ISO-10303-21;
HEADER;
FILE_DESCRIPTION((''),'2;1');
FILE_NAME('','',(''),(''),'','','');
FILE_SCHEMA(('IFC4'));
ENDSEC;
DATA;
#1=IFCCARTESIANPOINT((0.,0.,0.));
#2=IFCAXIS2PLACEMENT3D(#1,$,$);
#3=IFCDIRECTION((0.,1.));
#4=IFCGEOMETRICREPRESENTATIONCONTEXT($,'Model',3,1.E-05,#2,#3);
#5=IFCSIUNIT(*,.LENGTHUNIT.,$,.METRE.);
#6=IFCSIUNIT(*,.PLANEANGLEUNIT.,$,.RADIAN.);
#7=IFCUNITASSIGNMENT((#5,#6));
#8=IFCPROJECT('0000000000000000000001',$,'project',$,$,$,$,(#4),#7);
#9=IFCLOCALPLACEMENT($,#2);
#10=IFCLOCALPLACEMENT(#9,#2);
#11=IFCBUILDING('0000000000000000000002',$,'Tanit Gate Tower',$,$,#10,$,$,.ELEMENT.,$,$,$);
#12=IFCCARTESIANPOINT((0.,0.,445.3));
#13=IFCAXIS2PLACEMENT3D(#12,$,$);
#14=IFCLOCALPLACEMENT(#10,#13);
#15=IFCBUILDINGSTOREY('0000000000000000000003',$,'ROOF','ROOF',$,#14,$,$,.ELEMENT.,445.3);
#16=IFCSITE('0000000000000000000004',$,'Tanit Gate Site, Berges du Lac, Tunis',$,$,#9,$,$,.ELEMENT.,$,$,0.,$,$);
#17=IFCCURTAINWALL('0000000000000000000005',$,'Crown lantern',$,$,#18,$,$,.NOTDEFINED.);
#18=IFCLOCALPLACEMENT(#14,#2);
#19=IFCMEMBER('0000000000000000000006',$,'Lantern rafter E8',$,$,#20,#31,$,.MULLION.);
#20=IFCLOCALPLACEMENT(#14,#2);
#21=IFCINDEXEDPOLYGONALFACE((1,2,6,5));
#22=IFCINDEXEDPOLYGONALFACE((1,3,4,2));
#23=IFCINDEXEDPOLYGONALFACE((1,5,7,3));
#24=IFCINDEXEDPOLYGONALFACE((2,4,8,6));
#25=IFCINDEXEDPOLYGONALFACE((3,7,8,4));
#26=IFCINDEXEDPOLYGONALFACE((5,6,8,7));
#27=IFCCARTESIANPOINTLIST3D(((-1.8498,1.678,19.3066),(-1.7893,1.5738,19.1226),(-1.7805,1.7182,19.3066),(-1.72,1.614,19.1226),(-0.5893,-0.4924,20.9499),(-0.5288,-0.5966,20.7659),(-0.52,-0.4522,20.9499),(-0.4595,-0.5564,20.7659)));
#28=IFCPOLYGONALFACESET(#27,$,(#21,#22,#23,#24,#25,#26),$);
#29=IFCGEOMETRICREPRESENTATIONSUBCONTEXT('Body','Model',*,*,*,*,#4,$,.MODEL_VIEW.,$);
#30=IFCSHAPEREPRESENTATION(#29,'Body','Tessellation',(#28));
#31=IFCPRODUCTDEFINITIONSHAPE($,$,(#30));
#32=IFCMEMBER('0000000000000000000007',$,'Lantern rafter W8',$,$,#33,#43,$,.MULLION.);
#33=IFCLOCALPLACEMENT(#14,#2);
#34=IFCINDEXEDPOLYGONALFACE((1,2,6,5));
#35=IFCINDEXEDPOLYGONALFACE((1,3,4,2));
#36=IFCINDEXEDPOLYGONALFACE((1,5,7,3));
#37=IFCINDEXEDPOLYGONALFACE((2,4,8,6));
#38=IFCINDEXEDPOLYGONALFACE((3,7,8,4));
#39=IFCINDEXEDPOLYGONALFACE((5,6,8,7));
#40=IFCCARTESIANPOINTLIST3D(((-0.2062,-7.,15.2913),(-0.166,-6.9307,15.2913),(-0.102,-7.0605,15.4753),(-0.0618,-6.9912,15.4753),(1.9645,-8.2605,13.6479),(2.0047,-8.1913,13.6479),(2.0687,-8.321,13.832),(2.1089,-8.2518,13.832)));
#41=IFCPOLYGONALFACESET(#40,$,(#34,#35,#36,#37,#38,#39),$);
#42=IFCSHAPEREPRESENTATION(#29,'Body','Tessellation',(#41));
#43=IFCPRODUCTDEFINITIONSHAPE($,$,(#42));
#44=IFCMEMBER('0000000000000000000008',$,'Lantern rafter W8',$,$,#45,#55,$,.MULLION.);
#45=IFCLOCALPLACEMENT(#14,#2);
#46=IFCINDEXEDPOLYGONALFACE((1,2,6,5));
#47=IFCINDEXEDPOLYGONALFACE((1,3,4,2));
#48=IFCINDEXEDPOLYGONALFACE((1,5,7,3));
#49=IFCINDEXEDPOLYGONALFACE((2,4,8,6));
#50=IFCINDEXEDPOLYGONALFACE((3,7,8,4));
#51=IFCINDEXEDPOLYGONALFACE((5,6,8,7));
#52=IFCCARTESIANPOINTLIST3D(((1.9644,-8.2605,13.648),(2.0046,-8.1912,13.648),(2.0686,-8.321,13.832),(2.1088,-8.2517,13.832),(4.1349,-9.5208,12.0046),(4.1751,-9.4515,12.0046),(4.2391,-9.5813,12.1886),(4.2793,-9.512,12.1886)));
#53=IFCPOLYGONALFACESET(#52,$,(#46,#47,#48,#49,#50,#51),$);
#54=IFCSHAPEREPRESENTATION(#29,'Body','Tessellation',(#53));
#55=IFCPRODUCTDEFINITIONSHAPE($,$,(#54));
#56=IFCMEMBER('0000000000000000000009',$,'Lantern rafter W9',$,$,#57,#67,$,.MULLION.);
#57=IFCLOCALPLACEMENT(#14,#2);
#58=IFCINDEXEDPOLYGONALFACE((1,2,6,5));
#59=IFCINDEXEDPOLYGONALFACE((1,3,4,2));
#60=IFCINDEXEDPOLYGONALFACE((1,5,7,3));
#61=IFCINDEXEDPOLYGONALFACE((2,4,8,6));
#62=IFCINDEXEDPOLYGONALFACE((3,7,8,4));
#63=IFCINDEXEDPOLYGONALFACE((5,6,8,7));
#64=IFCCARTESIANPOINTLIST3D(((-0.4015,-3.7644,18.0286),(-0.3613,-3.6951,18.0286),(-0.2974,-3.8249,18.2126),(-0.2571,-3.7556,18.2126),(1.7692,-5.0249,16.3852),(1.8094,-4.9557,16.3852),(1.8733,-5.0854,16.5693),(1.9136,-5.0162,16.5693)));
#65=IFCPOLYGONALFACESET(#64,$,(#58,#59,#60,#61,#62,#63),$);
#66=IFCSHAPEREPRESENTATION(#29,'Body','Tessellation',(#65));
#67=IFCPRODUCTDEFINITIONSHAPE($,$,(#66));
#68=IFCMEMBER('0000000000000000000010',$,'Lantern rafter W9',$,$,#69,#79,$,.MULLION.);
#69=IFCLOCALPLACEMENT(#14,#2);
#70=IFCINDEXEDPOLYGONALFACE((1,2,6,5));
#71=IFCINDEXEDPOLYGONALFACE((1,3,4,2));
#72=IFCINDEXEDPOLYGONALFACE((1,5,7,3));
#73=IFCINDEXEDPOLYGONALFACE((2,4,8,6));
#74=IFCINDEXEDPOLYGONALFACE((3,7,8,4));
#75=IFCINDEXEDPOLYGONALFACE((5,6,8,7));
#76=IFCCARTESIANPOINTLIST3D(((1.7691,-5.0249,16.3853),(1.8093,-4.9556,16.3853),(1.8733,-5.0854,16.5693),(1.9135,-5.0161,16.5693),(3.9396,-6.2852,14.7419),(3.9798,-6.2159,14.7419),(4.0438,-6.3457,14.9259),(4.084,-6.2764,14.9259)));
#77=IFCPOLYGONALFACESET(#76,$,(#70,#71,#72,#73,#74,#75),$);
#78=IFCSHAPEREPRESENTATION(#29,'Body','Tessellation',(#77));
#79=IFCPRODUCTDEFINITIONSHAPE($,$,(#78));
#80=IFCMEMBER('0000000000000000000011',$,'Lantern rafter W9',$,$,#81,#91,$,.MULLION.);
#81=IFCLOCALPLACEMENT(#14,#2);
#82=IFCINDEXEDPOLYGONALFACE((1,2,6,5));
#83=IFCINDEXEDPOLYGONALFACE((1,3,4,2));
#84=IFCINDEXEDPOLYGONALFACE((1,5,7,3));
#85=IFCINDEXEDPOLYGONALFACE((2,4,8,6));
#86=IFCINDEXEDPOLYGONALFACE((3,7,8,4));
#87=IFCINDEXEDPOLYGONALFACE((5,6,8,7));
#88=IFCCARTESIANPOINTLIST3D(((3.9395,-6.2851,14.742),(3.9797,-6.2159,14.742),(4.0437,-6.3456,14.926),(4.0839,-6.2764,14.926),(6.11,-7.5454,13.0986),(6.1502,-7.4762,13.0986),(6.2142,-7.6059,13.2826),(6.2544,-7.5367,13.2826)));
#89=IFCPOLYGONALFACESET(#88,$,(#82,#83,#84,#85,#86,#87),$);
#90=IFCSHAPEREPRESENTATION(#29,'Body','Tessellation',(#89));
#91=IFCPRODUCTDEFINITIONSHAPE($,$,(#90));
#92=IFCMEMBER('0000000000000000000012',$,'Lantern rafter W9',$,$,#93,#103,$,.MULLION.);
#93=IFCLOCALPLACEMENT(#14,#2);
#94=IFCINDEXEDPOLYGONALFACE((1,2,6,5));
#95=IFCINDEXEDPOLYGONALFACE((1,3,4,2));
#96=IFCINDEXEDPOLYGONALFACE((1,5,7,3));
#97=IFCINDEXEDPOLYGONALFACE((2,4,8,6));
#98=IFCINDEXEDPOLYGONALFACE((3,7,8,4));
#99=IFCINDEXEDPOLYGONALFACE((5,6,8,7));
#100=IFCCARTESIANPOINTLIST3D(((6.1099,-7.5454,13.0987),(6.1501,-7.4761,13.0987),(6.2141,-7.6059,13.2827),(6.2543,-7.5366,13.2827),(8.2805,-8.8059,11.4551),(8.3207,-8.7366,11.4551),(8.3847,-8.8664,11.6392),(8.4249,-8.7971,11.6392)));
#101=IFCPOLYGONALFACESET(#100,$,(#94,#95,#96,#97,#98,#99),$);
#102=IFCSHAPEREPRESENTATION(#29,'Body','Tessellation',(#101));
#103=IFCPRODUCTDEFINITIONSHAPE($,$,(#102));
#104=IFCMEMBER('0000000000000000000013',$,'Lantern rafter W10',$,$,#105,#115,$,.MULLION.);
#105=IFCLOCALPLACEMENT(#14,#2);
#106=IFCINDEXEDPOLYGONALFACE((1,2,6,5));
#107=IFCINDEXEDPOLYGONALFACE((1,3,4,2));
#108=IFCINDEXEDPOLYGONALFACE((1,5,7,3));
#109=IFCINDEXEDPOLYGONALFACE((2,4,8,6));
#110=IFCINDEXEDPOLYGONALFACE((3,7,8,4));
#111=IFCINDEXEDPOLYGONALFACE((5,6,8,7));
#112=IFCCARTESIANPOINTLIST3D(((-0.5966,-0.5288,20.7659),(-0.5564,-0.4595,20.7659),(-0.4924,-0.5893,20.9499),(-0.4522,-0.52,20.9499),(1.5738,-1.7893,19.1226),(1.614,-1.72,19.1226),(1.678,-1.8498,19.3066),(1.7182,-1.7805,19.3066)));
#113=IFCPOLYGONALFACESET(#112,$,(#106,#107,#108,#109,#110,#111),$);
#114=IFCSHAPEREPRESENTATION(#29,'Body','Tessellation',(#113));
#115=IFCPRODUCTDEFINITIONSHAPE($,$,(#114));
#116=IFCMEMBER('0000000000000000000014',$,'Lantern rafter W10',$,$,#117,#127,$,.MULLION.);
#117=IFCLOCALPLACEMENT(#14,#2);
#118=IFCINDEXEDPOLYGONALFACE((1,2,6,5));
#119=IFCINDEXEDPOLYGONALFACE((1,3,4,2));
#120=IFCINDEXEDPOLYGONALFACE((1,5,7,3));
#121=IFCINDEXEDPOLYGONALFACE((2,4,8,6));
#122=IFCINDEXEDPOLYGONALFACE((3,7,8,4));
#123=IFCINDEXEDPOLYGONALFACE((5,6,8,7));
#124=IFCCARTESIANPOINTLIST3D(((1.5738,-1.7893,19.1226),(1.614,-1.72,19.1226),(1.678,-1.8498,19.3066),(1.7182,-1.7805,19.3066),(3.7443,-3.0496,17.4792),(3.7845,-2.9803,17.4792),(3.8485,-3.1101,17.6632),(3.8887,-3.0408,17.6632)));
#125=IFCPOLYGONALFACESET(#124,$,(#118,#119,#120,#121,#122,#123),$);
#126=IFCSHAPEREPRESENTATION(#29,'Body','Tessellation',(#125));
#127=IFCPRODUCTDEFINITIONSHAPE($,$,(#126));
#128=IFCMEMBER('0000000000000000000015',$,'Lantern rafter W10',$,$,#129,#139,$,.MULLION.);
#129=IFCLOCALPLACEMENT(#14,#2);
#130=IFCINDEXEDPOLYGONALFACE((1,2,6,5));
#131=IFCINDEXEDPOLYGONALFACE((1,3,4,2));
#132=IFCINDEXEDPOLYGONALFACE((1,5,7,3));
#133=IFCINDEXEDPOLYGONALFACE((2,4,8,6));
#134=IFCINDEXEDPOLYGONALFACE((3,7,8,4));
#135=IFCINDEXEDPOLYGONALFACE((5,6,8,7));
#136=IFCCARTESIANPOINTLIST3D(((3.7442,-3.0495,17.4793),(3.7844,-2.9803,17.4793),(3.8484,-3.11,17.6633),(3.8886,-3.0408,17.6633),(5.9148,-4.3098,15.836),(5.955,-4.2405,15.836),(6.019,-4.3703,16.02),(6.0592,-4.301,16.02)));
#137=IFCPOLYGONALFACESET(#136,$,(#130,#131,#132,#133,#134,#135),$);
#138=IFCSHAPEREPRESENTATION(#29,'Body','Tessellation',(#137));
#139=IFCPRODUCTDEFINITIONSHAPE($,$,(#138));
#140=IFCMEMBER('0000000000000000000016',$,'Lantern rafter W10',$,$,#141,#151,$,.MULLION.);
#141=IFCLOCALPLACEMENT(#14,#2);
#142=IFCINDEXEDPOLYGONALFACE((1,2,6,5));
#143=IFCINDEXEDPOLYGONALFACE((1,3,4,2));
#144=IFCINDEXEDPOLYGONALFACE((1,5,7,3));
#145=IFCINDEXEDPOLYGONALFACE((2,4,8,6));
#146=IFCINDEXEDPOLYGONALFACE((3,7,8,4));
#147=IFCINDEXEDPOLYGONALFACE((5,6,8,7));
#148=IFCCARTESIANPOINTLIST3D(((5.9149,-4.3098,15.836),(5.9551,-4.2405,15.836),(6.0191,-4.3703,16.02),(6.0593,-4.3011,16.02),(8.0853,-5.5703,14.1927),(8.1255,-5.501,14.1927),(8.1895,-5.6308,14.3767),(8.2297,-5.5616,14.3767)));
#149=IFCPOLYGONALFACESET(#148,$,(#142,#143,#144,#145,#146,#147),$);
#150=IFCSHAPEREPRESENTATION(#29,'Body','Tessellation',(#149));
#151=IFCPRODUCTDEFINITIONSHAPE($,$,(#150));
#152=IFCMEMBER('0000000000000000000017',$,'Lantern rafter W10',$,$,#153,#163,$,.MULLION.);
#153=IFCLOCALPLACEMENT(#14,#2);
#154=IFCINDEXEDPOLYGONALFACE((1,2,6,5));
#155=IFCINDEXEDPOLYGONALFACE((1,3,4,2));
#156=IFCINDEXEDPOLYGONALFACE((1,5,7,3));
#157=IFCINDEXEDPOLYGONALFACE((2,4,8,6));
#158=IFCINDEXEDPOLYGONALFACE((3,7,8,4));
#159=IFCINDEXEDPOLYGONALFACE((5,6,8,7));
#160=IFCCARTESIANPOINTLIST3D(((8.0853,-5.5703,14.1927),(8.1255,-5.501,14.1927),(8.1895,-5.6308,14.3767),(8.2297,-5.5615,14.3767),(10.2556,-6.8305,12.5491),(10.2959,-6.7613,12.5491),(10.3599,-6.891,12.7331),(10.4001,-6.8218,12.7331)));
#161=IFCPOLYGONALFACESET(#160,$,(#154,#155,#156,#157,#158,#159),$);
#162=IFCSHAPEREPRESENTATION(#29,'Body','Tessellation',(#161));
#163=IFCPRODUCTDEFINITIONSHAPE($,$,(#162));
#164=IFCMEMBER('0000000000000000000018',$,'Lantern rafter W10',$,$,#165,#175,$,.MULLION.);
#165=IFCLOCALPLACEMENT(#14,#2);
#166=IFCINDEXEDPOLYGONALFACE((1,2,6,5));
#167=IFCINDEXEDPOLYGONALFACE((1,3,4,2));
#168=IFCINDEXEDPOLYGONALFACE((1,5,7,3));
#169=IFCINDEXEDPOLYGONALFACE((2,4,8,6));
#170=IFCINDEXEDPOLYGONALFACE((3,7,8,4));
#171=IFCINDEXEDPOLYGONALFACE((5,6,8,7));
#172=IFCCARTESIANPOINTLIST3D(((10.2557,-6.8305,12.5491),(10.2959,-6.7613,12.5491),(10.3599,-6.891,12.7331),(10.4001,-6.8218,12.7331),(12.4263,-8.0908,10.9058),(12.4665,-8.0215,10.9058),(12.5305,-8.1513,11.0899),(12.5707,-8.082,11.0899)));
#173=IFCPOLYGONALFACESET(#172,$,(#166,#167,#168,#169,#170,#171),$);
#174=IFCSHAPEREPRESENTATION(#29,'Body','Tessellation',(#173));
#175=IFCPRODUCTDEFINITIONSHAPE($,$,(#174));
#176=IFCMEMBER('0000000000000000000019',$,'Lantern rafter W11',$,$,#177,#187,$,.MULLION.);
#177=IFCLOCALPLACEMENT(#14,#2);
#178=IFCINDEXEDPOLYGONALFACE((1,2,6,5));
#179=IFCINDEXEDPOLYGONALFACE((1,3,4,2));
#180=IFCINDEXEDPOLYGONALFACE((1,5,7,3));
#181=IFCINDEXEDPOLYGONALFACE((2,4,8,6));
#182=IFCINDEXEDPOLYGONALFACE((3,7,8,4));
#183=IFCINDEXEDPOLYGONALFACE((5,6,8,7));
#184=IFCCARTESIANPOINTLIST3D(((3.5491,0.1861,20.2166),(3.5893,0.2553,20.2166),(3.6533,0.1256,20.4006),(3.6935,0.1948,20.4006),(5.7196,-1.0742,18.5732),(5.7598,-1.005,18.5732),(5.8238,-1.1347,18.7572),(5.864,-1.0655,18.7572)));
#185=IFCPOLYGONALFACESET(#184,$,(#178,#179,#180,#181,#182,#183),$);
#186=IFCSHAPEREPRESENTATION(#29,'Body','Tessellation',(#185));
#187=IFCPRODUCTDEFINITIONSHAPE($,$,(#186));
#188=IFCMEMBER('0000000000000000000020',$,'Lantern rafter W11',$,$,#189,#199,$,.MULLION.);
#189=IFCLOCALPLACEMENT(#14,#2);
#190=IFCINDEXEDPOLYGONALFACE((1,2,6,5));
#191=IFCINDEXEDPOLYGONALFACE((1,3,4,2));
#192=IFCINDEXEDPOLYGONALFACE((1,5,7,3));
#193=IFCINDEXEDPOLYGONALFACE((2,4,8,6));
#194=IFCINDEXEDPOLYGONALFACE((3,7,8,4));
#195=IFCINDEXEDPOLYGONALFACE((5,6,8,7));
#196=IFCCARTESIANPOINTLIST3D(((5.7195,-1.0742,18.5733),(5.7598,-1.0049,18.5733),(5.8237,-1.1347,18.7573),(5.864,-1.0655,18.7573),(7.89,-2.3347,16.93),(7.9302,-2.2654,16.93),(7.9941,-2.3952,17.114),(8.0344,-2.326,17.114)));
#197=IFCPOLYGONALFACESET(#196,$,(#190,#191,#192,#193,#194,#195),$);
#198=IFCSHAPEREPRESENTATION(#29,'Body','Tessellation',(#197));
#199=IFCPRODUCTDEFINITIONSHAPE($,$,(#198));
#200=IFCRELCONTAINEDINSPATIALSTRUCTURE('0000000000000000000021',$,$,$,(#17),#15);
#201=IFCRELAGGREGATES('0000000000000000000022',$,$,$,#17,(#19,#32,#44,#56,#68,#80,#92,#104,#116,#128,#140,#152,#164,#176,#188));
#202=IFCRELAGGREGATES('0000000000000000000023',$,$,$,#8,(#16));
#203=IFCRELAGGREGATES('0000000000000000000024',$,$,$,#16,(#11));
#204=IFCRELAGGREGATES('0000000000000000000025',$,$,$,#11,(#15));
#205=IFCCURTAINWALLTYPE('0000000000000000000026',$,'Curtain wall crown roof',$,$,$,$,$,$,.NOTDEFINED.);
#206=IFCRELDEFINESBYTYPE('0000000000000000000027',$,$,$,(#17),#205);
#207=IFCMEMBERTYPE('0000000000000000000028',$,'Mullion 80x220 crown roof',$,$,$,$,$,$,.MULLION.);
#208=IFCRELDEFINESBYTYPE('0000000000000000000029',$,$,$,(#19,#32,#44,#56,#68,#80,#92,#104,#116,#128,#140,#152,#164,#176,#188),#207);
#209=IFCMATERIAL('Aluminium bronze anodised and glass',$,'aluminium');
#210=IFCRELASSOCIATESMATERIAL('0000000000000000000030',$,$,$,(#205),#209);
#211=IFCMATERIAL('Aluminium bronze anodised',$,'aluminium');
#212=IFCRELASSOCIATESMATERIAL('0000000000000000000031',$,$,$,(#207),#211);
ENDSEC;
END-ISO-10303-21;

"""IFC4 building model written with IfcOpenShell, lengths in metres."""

from ifc_helpers import new_model, si_unit, direction, frame, origin, origin_2d, place, context, subcontext, project, spatial, rectangle, extrude, material, material_profile, profile_set, type_object, element, aggregate, save


model = new_model("IFC4")

# Units and contexts
model_context = context("Model", 3, precision=1e-05, world=origin(), true_north=direction((0.0, 1.0)))
body_context = subcontext(model_context, "Body", "Model", "MODEL_VIEW")
ifc_project = project(units=[si_unit("LENGTHUNIT", "METRE"), si_unit("PLANEANGLEUNIT", "RADIAN")], contexts=[model_context])

# Site, building, storey
site_placement = place(None, origin())
site = spatial("IfcSite", under=ifc_project, at=site_placement, Name="Tanit Gate Site, Berges du Lac, Tunis", CompositionType="ELEMENT", RefElevation=0.0)
building_placement = place(site_placement, origin())
building = spatial("IfcBuilding", under=site, at=building_placement, Name="Tanit Gate Tower", CompositionType="ELEMENT")
storey_placement = place(building_placement, frame((0.0, 0.0, 445.3)))
storey = spatial("IfcBuildingStorey", under=building, at=storey_placement, Name="ROOF", Description="ROOF", CompositionType="ELEMENT", Elevation=445.3)

# Curtain wall, members
ifc_material_1 = material(Name="Aluminium bronze anodised and glass", Category="aluminium")
curtain_wall_type = type_object("IfcCurtainWallType", Name="Curtain wall crown roof", PredefinedType="NOTDEFINED", material=ifc_material_1)
curtain_wall_placement = place(storey_placement, origin())
curtain_wall = element("IfcCurtainWall", 1, at=curtain_wall_placement, inside=storey, type_object=curtain_wall_type, Name="Crown lantern", PredefinedType="NOTDEFINED")
ifc_material_2 = material(Name="Aluminium bronze anodised", Category="aluminium")
ifc_material_profile = material_profile(ifc_material_2, rectangle(XDim=0.0801, YDim=0.22, at=origin_2d()), Name="80x220 bronze rafter")
ifc_profile_set = profile_set([ifc_material_profile], Name="Aluminium bronze anodised")
member_type = type_object("IfcMemberType", Name="Mullion 80x220 crown roof", PredefinedType="MULLION", material=ifc_profile_set)
member_1_placement = place(storey_placement, frame((-0.5244, -0.5244, 20.8579), z_axis=(-0.420166, 0.72347, -0.54777), x_axis=(-0.864744, -0.502213, 0.0)))
member_1 = element("IfcMember", 2, at=member_1_placement, type_object=member_type, Name="Lantern rafter E8", PredefinedType="MULLION", context=body_context, shape_type="SweptSolid", body=[
    extrude(rectangle(XDim=0.0801, YDim=0.22, at=origin_2d()), origin(), (0.0, 0.0, 1.0), 3.0),
])
member_2_placement = place(storey_placement, frame((-0.134, -6.9956, 15.3833), z_axis=(0.723509, -0.420141, -0.547738), x_axis=(0.502171, 0.864769, 0.0)))
member_2 = element("IfcMember", 3, at=member_2_placement, type_object=member_type, Name="Lantern rafter W8", PredefinedType="MULLION", context=body_context, shape_type="SweptSolid", body=[
    extrude(rectangle(XDim=0.0801, YDim=0.22, at=origin_2d()), origin(), (0.0, 0.0, 1.0), 3.0002),
])
member_3_placement = place(storey_placement, frame((2.0366, -8.2561, 13.74), z_axis=(0.723495, -0.420099, -0.547789), x_axis=(0.50214, 0.864786, 0.0)))
member_3 = element("IfcMember", 4, at=member_3_placement, type_object=member_type, Name="Lantern rafter W8", PredefinedType="MULLION", context=body_context, shape_type="SweptSolid", body=[
    extrude(rectangle(XDim=0.0801, YDim=0.22, at=origin_2d()), origin(), (0.0, 0.0, 1.0), 3.0),
])
member_4_placement = place(storey_placement, frame((-0.3293, -3.76, 18.1206), z_axis=(0.723509, -0.420141, -0.547738), x_axis=(0.502171, 0.864769, 0.0)))
member_4 = element("IfcMember", 5, at=member_4_placement, type_object=member_type, Name="Lantern rafter W9", PredefinedType="MULLION", context=body_context, shape_type="SweptSolid", body=[
    extrude(rectangle(XDim=0.0801, YDim=0.22, at=origin_2d()), origin(), (0.0, 0.0, 1.0), 3.0002),
])
member_5_placement = place(storey_placement, frame((1.8413, -5.0205, 16.4773), z_axis=(0.723495, -0.420099, -0.547789), x_axis=(0.50214, 0.864786, 0.0)))
member_5 = element("IfcMember", 6, at=member_5_placement, type_object=member_type, Name="Lantern rafter W9", PredefinedType="MULLION", context=body_context, shape_type="SweptSolid", body=[
    extrude(rectangle(XDim=0.0801, YDim=0.22, at=origin_2d()), origin(), (0.0, 0.0, 1.0), 3.0),
])
member_6_placement = place(storey_placement, frame((4.0117, -6.2808, 14.834), z_axis=(0.723495, -0.420099, -0.547789), x_axis=(0.50214, 0.864786, 0.0)))
member_6 = element("IfcMember", 7, at=member_6_placement, type_object=member_type, Name="Lantern rafter W9", PredefinedType="MULLION", context=body_context, shape_type="SweptSolid", body=[
    extrude(rectangle(XDim=0.0801, YDim=0.22, at=origin_2d()), origin(), (0.0, 0.0, 1.0), 3.0),
])
member_7_placement = place(storey_placement, frame((6.1821, -7.541, 13.1907), z_axis=(0.723476, -0.420122, -0.547795), x_axis=(0.502171, 0.864769, 0.0)))
member_7 = element("IfcMember", 8, at=member_7_placement, type_object=member_type, Name="Lantern rafter W9", PredefinedType="MULLION", context=body_context, shape_type="SweptSolid", body=[
    extrude(rectangle(XDim=0.0801, YDim=0.22, at=origin_2d()), origin(), (0.0, 0.0, 1.0), 3.0002),
])
member_8_placement = place(storey_placement, frame((-0.5244, -0.5244, 20.8579), z_axis=(0.72347, -0.420166, -0.54777), x_axis=(0.502213, 0.864744, 0.0)))
member_8 = element("IfcMember", 9, at=member_8_placement, type_object=member_type, Name="Lantern rafter W10", PredefinedType="MULLION", context=body_context, shape_type="SweptSolid", body=[
    extrude(rectangle(XDim=0.0801, YDim=0.22, at=origin_2d()), origin(), (0.0, 0.0, 1.0), 3.0),
])
member_9_placement = place(storey_placement, frame((1.646, -1.7849, 19.2146), z_axis=(0.723495, -0.420099, -0.547789), x_axis=(0.50214, 0.864786, 0.0)))
member_9 = element("IfcMember", 10, at=member_9_placement, type_object=member_type, Name="Lantern rafter W10", PredefinedType="MULLION", context=body_context, shape_type="SweptSolid", body=[
    extrude(rectangle(XDim=0.0801, YDim=0.22, at=origin_2d()), origin(), (0.0, 0.0, 1.0), 3.0),
])
member_10_placement = place(storey_placement, frame((3.8164, -3.0452, 17.5713), z_axis=(0.723533, -0.420074, -0.547757), x_axis=(0.502098, 0.864811, 0.0)))
member_10 = element("IfcMember", 11, at=member_10_placement, type_object=member_type, Name="Lantern rafter W10", PredefinedType="MULLION", context=body_context, shape_type="SweptSolid", body=[
    extrude(rectangle(XDim=0.0801, YDim=0.22, at=origin_2d()), origin(), (0.0, 0.0, 1.0), 3.0),
])
member_11_placement = place(storey_placement, frame((5.9871, -4.3054, 15.928), z_axis=(0.72347, -0.420166, -0.54777), x_axis=(0.502213, 0.864744, 0.0)))
member_11 = element("IfcMember", 12, at=member_11_placement, type_object=member_type, Name="Lantern rafter W10", PredefinedType="MULLION", context=body_context, shape_type="SweptSolid", body=[
    extrude(rectangle(XDim=0.0801, YDim=0.22, at=origin_2d()), origin(), (0.0, 0.0, 1.0), 3.0),
])
member_12_placement = place(storey_placement, frame((8.1575, -5.5659, 14.2847), z_axis=(0.723462, -0.42008, -0.547846), x_axis=(0.50214, 0.864786, 0.0)))
member_12 = element("IfcMember", 13, at=member_12_placement, type_object=member_type, Name="Lantern rafter W10", PredefinedType="MULLION", context=body_context, shape_type="SweptSolid", body=[
    extrude(rectangle(XDim=0.0801, YDim=0.22, at=origin_2d()), origin(), (0.0, 0.0, 1.0), 3.0),
])
member_13_placement = place(storey_placement, frame((10.3279, -6.8262, 12.6411), z_axis=(0.723533, -0.420074, -0.547757), x_axis=(0.502098, 0.864811, 0.0)))
member_13 = element("IfcMember", 14, at=member_13_placement, type_object=member_type, Name="Lantern rafter W10", PredefinedType="MULLION", context=body_context, shape_type="SweptSolid", body=[
    extrude(rectangle(XDim=0.0801, YDim=0.22, at=origin_2d()), origin(), (0.0, 0.0, 1.0), 3.0),
])
member_14_placement = place(storey_placement, frame((3.6213, 0.1904, 20.3086), z_axis=(0.723495, -0.420099, -0.547789), x_axis=(0.50214, 0.864786, 0.0)))
member_14 = element("IfcMember", 15, at=member_14_placement, type_object=member_type, Name="Lantern rafter W11", PredefinedType="MULLION", context=body_context, shape_type="SweptSolid", body=[
    extrude(rectangle(XDim=0.0801, YDim=0.22, at=origin_2d()), origin(), (0.0, 0.0, 1.0), 3.0),
])
member_15_placement = place(storey_placement, frame((5.7917, -1.0698, 18.6653), z_axis=(0.72347, -0.420166, -0.54777), x_axis=(0.502213, 0.864744, 0.0)))
member_15 = element("IfcMember", 16, at=member_15_placement, type_object=member_type, Name="Lantern rafter W11", PredefinedType="MULLION", context=body_context, shape_type="SweptSolid", body=[
    extrude(rectangle(XDim=0.0801, YDim=0.22, at=origin_2d()), origin(), (0.0, 0.0, 1.0), 3.0),
])
aggregate(curtain_wall, [member_1, member_2, member_3, member_4, member_5, member_6, member_7, member_8, member_9, member_10, member_11, member_12, member_13, member_14, member_15])

save(model, "model.ifc")
